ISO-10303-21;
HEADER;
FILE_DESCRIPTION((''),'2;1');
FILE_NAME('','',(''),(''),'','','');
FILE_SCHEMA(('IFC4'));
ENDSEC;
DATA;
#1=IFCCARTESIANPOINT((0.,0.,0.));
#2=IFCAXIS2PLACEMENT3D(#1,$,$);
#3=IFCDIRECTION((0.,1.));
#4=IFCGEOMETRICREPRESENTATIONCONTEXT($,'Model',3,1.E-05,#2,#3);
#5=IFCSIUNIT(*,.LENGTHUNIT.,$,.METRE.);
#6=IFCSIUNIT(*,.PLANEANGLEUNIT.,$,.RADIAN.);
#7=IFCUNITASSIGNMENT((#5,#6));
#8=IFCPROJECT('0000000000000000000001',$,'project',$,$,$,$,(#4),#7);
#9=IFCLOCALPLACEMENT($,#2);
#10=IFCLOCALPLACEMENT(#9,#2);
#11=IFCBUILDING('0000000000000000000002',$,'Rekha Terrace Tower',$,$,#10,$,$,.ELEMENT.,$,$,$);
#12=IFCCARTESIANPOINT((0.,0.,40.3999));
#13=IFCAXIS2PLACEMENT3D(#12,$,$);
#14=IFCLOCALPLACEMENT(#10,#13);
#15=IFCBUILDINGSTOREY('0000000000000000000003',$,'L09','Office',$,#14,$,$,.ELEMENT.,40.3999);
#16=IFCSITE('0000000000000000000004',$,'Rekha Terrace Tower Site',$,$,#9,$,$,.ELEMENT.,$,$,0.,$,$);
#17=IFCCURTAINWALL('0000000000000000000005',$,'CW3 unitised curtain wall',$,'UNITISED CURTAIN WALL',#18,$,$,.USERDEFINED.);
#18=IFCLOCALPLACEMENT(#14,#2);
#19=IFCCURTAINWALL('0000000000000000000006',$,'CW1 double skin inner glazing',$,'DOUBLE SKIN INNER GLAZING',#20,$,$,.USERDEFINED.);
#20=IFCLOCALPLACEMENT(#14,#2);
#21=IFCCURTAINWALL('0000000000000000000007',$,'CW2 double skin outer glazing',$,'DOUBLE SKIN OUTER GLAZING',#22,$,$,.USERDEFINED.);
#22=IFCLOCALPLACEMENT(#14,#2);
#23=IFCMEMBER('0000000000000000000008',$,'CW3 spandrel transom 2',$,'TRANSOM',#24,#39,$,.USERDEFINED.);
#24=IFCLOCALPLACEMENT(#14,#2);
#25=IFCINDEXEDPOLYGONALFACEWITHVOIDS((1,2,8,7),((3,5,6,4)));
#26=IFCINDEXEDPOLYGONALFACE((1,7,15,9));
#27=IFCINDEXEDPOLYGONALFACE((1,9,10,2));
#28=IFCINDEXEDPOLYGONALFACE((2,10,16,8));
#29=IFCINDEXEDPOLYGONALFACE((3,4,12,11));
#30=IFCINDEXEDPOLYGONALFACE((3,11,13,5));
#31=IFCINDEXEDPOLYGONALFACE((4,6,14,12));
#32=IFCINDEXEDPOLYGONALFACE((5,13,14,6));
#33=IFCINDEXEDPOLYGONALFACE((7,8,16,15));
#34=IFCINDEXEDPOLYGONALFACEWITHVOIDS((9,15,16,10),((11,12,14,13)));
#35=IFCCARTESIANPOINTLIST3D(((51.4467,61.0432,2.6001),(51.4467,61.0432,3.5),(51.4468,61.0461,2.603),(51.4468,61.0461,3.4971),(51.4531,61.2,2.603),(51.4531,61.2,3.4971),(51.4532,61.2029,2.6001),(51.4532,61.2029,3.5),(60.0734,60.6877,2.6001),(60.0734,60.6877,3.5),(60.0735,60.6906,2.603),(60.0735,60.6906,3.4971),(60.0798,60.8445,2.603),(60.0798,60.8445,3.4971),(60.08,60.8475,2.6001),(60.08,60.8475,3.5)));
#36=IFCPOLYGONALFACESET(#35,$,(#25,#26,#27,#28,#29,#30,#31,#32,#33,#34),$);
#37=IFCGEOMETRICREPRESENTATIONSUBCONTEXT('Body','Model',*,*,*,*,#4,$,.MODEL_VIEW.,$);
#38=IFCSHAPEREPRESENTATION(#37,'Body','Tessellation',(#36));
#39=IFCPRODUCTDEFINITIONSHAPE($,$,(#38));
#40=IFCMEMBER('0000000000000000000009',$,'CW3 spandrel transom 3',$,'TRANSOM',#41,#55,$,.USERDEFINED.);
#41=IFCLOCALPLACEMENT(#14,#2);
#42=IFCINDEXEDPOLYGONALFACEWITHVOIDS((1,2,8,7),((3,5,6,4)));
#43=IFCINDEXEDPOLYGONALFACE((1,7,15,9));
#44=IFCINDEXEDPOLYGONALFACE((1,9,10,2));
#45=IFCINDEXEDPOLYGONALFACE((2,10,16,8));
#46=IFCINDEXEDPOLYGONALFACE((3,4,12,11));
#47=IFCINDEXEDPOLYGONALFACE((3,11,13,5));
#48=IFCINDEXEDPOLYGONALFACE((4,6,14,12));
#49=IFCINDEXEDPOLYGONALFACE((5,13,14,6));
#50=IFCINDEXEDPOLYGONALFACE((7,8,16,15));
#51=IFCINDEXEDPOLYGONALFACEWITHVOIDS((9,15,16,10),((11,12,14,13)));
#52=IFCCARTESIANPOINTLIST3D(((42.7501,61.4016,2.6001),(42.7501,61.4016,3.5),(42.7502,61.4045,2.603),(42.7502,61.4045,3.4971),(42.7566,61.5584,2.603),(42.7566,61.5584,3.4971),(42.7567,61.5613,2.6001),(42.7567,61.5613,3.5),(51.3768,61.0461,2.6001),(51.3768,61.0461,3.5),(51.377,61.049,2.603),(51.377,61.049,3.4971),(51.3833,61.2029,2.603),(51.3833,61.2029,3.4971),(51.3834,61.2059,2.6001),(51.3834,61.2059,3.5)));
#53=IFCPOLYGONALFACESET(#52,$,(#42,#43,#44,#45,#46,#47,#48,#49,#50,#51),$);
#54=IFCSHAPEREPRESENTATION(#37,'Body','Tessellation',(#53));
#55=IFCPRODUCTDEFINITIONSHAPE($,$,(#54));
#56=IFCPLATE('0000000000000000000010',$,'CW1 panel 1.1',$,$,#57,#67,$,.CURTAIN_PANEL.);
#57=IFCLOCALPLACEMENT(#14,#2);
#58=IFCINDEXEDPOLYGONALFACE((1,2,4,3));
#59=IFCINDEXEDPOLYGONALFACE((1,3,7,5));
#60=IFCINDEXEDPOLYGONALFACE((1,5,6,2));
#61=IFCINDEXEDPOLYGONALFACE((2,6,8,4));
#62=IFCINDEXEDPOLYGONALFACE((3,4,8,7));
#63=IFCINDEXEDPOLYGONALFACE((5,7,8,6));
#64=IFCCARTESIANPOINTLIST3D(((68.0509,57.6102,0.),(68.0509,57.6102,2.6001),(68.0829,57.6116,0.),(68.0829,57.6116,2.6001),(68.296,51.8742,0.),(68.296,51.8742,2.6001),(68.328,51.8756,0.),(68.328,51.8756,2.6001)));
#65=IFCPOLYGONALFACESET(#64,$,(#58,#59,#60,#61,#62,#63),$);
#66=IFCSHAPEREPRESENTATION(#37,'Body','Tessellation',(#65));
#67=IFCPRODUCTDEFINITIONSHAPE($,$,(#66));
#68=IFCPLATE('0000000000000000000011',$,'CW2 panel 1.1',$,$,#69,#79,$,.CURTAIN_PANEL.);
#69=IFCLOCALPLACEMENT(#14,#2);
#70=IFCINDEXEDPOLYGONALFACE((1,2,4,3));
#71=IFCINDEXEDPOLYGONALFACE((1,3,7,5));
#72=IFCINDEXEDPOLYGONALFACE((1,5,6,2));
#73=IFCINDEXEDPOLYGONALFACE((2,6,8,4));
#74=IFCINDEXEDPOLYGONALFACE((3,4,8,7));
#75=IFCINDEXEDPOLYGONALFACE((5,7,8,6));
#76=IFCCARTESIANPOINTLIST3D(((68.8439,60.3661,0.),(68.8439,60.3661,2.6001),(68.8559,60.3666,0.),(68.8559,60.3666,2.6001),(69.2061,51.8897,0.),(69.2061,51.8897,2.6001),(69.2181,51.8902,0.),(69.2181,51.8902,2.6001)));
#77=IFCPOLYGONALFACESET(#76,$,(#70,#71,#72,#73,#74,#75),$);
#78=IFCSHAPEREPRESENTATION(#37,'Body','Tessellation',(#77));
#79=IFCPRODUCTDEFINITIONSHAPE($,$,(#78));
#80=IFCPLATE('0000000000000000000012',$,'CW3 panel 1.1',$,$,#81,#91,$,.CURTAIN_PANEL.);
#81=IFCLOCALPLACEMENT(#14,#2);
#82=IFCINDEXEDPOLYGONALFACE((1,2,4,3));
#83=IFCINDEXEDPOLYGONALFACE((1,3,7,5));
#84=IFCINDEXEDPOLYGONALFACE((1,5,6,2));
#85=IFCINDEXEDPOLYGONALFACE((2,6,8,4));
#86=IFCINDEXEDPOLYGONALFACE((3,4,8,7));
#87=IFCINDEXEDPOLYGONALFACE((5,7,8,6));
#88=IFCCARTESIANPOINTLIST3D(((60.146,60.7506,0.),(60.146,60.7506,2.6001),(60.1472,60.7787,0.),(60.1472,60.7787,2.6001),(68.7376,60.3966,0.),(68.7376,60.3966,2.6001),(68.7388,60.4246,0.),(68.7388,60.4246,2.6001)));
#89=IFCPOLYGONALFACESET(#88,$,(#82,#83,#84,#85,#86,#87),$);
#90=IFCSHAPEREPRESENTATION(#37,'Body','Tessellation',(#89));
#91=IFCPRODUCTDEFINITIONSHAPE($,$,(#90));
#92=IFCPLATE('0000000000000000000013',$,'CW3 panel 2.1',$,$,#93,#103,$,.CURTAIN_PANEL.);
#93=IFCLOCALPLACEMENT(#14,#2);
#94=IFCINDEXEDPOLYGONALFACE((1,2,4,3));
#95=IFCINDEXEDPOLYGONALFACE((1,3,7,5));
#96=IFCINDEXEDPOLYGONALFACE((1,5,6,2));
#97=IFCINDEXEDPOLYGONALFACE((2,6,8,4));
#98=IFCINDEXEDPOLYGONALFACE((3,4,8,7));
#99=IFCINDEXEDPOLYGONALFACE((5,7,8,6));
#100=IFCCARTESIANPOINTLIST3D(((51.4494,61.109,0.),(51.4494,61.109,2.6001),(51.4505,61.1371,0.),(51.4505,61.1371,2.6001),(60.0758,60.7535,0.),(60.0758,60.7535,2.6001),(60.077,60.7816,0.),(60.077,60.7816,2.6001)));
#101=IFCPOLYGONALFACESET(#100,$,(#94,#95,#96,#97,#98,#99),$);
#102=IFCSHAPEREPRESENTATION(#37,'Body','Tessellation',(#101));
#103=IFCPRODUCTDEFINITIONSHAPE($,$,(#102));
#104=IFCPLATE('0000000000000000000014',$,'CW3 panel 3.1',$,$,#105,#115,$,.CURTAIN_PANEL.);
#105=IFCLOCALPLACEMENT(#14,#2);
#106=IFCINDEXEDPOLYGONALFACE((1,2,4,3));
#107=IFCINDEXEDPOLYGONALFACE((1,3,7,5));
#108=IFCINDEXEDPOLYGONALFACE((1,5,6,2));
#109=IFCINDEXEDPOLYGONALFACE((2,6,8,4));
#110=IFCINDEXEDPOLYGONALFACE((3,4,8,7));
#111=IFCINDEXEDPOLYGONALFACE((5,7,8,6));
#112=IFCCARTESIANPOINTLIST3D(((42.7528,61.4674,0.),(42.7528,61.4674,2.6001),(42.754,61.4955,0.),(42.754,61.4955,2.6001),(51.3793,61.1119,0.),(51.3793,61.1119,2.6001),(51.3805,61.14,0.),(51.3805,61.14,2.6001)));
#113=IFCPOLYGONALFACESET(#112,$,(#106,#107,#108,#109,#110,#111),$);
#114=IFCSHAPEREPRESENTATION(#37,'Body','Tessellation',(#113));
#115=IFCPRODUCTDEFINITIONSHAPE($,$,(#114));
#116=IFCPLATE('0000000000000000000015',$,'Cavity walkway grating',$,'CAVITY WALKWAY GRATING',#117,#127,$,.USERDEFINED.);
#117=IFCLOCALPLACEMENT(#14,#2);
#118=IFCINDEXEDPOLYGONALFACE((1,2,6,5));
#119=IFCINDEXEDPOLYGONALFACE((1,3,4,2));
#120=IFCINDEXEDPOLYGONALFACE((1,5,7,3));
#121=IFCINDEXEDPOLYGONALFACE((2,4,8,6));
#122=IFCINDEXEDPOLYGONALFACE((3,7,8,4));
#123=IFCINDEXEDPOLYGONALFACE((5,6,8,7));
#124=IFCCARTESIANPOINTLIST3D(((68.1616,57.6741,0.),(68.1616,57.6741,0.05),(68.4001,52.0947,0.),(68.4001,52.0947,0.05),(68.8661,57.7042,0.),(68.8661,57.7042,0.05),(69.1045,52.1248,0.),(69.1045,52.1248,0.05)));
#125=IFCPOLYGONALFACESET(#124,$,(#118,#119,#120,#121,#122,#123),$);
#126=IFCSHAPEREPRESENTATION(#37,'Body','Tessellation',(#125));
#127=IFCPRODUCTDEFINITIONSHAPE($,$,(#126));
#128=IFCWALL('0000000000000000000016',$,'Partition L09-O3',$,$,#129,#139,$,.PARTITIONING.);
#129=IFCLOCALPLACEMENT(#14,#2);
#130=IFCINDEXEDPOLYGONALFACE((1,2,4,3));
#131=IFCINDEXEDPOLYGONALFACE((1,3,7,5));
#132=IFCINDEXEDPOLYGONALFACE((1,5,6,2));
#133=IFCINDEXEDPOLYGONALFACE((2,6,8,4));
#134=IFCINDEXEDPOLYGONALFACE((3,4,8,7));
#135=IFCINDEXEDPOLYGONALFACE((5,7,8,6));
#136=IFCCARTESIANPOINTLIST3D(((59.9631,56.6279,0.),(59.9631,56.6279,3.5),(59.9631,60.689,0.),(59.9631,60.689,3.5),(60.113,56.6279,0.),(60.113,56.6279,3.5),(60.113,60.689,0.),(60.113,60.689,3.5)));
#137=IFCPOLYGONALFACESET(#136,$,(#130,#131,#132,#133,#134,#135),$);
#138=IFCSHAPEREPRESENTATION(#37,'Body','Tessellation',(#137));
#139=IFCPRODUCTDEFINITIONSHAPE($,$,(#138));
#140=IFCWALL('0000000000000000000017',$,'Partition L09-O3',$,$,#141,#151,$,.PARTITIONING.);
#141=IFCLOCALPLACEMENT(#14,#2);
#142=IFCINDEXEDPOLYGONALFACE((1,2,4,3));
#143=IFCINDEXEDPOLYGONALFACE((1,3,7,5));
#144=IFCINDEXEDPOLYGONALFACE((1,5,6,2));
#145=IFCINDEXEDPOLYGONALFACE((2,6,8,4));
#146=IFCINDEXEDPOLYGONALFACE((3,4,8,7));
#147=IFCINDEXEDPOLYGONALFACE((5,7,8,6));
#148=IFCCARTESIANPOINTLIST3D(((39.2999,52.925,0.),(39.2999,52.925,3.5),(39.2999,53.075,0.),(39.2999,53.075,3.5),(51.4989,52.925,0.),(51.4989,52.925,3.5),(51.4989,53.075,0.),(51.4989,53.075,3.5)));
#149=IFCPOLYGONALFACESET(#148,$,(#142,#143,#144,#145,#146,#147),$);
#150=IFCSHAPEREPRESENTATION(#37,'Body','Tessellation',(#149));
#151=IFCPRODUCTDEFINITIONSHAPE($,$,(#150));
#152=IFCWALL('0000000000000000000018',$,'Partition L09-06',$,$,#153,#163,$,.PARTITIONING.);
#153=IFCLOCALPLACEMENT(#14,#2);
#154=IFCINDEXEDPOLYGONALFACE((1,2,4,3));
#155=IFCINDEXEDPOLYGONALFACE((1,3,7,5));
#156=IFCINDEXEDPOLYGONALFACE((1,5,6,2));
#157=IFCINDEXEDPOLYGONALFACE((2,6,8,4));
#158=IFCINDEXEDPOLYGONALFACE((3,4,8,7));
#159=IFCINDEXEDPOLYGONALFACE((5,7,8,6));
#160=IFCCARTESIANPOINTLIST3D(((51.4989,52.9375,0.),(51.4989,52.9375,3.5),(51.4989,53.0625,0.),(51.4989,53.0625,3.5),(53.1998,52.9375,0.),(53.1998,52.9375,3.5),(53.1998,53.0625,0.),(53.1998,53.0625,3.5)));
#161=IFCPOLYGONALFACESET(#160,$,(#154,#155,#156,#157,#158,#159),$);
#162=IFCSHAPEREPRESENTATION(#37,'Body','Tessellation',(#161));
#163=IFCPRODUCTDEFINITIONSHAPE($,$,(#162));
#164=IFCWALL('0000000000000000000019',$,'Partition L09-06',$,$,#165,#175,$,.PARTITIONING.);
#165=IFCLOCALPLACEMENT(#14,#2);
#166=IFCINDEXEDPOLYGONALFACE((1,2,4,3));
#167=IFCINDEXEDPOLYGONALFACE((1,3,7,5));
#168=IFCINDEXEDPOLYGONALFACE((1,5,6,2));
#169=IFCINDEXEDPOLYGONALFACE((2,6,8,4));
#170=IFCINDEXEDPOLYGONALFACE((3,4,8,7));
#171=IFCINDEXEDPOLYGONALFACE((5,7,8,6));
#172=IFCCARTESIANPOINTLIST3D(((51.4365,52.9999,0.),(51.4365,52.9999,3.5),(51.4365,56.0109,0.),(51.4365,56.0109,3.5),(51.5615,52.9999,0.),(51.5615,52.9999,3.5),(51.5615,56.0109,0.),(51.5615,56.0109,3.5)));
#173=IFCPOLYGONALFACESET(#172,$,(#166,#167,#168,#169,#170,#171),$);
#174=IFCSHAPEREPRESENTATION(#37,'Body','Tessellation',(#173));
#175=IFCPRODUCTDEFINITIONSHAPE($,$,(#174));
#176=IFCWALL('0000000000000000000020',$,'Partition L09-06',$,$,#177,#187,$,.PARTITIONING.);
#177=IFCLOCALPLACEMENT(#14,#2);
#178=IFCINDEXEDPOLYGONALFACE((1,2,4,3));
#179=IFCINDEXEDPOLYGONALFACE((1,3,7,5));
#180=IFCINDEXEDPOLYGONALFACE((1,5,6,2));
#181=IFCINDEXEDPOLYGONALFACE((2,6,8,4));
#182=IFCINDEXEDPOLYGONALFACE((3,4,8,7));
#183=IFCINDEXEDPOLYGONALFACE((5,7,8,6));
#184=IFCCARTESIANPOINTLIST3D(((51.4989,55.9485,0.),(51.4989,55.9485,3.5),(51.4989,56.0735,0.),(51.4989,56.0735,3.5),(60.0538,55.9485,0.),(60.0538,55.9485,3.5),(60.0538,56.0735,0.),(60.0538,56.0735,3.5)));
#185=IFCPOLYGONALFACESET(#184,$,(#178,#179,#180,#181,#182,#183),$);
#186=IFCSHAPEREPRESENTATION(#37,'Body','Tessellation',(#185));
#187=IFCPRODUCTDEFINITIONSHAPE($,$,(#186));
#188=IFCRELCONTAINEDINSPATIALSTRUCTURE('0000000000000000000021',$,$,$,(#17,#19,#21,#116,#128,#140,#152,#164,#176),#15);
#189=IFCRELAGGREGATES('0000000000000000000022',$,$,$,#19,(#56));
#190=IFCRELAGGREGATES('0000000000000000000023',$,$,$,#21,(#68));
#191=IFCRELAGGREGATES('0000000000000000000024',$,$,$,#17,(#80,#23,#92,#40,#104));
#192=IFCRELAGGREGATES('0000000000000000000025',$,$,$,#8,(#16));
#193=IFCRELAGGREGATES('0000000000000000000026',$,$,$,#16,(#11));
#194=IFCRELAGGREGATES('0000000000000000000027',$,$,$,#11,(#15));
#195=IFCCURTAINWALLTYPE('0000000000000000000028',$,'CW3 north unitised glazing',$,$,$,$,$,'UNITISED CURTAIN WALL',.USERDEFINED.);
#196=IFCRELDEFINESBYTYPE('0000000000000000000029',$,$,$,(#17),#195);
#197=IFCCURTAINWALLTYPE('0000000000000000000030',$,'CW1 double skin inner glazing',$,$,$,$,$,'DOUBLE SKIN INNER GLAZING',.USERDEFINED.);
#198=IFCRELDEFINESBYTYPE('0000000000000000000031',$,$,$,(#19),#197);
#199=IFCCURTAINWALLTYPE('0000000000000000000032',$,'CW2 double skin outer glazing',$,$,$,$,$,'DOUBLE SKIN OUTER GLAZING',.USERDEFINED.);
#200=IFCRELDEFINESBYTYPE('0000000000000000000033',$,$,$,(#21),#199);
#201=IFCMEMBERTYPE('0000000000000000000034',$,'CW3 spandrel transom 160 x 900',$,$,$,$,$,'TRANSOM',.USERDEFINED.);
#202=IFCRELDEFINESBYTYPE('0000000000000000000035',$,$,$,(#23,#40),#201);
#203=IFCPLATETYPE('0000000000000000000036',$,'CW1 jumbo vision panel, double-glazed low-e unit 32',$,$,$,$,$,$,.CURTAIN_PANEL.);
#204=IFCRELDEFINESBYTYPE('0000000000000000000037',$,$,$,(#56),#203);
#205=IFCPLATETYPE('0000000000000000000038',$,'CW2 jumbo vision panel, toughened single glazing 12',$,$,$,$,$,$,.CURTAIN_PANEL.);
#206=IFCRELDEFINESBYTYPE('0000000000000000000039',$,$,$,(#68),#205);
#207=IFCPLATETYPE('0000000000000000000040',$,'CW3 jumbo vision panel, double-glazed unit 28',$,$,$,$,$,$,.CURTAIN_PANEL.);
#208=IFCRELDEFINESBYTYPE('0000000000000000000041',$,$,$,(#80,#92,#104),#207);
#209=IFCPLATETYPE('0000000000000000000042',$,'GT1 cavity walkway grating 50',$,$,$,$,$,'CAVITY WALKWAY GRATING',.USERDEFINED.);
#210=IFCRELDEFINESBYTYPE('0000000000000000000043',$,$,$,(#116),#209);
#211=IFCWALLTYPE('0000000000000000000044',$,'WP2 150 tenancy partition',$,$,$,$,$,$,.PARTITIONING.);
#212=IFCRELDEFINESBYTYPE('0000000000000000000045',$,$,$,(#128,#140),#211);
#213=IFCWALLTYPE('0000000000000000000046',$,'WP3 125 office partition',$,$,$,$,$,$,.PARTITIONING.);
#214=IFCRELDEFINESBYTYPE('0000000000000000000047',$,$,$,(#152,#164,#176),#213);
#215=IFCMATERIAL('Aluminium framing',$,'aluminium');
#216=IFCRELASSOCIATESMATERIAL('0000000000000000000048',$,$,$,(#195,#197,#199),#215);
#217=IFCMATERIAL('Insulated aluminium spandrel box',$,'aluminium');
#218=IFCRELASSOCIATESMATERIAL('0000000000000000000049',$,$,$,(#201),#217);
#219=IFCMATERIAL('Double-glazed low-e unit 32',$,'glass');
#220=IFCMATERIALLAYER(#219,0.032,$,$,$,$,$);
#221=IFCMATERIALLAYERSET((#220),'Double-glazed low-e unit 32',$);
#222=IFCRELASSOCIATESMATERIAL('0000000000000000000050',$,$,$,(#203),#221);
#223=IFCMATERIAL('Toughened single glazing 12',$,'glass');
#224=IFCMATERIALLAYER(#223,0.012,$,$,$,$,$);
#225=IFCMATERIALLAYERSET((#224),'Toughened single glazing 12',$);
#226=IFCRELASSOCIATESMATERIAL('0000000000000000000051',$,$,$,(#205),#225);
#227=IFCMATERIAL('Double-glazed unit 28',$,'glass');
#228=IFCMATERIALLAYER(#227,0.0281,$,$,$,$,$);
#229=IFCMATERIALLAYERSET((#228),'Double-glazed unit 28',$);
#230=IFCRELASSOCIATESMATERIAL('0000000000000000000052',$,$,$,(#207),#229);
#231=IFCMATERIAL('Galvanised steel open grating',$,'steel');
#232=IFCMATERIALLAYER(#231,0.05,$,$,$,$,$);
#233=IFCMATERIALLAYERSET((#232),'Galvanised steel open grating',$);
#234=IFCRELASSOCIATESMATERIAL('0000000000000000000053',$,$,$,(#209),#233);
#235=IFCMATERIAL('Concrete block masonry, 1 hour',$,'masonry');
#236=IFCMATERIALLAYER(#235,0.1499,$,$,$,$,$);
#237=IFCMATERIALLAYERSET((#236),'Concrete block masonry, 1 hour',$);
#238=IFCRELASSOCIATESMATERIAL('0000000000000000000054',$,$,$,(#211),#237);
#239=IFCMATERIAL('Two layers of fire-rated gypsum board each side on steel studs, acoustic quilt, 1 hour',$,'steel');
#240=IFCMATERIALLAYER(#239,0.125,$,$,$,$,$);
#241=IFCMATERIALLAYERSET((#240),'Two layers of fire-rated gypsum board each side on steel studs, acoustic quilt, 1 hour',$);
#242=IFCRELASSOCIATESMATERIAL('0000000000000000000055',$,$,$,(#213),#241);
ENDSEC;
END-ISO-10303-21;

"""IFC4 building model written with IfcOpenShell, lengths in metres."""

from ifc_helpers import new_model, si_unit, direction, frame, frame_2d, origin, origin_2d, place, context, subcontext, project, spatial, rectangle, hollow_rectangle, extrude, material, layer, layer_set, material_profile, profile_set, type_object, element, aggregate, save


model = new_model("IFC4")

# Units and contexts
model_context = context("Model", 3, precision=1e-05, world=origin(), true_north=direction((0.0, 1.0)))
body_context = subcontext(model_context, "Body", "Model", "MODEL_VIEW")
ifc_project = project(units=[si_unit("LENGTHUNIT", "METRE"), si_unit("PLANEANGLEUNIT", "RADIAN")], contexts=[model_context])

# Site, building, storey
site_placement = place(None, origin())
site = spatial("IfcSite", under=ifc_project, at=site_placement, Name="Rekha Terrace Tower Site", CompositionType="ELEMENT", RefElevation=0.0)
building_placement = place(site_placement, origin())
building = spatial("IfcBuilding", under=site, at=building_placement, Name="Rekha Terrace Tower", CompositionType="ELEMENT")
storey_placement = place(building_placement, frame((0.0, 0.0, 40.3999)))
storey = spatial("IfcBuildingStorey", under=building, at=storey_placement, Name="L09", Description="Office", CompositionType="ELEMENT", Elevation=40.3999)

# Curtain wall
ifc_material_1 = material(Name="Aluminium framing", Category="aluminium")
curtain_wall_type_1 = type_object("IfcCurtainWallType", Name="CW3 north unitised glazing", ElementType="UNITISED CURTAIN WALL", PredefinedType="USERDEFINED", material=ifc_material_1)
curtain_wall_1_placement = place(storey_placement, origin())
curtain_wall_1 = element("IfcCurtainWall", 1, at=curtain_wall_1_placement, inside=storey, type_object=curtain_wall_type_1, Name="CW3 unitised curtain wall", ObjectType="UNITISED CURTAIN WALL", PredefinedType="USERDEFINED")

# Curtain walls
curtain_wall_type_2 = type_object("IfcCurtainWallType", Name="CW1 double skin inner glazing", ElementType="DOUBLE SKIN INNER GLAZING", PredefinedType="USERDEFINED", material=ifc_material_1)
curtain_wall_2_placement = place(storey_placement, origin())
curtain_wall_2 = element("IfcCurtainWall", 2, at=curtain_wall_2_placement, inside=storey, type_object=curtain_wall_type_2, Name="CW1 double skin inner glazing", ObjectType="DOUBLE SKIN INNER GLAZING", PredefinedType="USERDEFINED")
curtain_wall_type_3 = type_object("IfcCurtainWallType", Name="CW2 double skin outer glazing", ElementType="DOUBLE SKIN OUTER GLAZING", PredefinedType="USERDEFINED", material=ifc_material_1)
curtain_wall_3_placement = place(storey_placement, origin())
curtain_wall_3 = element("IfcCurtainWall", 3, at=curtain_wall_3_placement, inside=storey, type_object=curtain_wall_type_3, Name="CW2 double skin outer glazing", ObjectType="DOUBLE SKIN OUTER GLAZING", PredefinedType="USERDEFINED")

# Members
ifc_material_2 = material(Name="Insulated aluminium spandrel box", Category="aluminium")
ifc_material_profile_1 = material_profile(ifc_material_2, hollow_rectangle(XDim=0.1599, YDim=0.8999, WallThickness=0.0029, at=origin_2d()), Name="AL SPANDREL BOX 160x900")
ifc_profile_set_1 = profile_set([ifc_material_profile_1], Name="Insulated aluminium spandrel box")
member_type_1 = type_object("IfcMemberType", Name="CW3 spandrel transom 160 x 900", ElementType="TRANSOM", PredefinedType="USERDEFINED", material=ifc_profile_set_1)
member_1_placement = place(storey_placement, frame((60.0767, 60.7676, 3.05), z_axis=(-0.999152, 0.041171, 0.0), x_axis=(-0.041171, -0.999152, 0.0)))
member_1 = element("IfcMember", 4, at=member_1_placement, type_object=member_type_1, Name="CW3 spandrel transom 2", ObjectType="TRANSOM", PredefinedType="USERDEFINED", context=body_context, shape_type="SweptSolid", body=[
    extrude(hollow_rectangle(XDim=0.1599, YDim=0.8999, WallThickness=0.0029, at=origin_2d()), origin(), (0.0, 0.0, 1.0), 8.634),
])
member_2_placement = place(storey_placement, frame((51.3801, 61.126, 3.05), z_axis=(-0.999152, 0.041171, 0.0), x_axis=(-0.041171, -0.999152, 0.0)))
member_2 = element("IfcMember", 5, at=member_2_placement, type_object=member_type_1, Name="CW3 spandrel transom 3", ObjectType="TRANSOM", PredefinedType="USERDEFINED", context=body_context, shape_type="SweptSolid", body=[
    extrude(hollow_rectangle(XDim=0.1599, YDim=0.8999, WallThickness=0.0029, at=origin_2d()), origin(), (0.0, 0.0, 1.0), 8.634),
])

# Plates
ifc_material_3 = material(Name="Double-glazed low-e unit 32", Category="glass")
ifc_layer_1 = layer(ifc_material_3, 0.032)
ifc_layer_set_1 = layer_set([ifc_layer_1], Name="Double-glazed low-e unit 32")
plate_type_1 = type_object("IfcPlateType", Name="CW1 jumbo vision panel, double-glazed low-e unit 32", PredefinedType="CURTAIN_PANEL", material=ifc_layer_set_1)
plate_1_placement = place(storey_placement, frame((68.1895, 54.7429, 0.0), z_axis=(0.0, 0.0, 1.0), x_axis=(-0.042696, 0.999088, 0.0)))
plate_1 = element("IfcPlate", 6, at=plate_1_placement, type_object=plate_type_1, Name="CW1 panel 1.1", PredefinedType="CURTAIN_PANEL", context=body_context, shape_type="SweptSolid", body=[
    extrude(rectangle(XDim=5.7412, YDim=0.032, at=origin_2d()), origin(), (0.0, 0.0, 1.0), 2.6001),
])
aggregate(curtain_wall_2, [plate_1])
ifc_material_4 = material(Name="Toughened single glazing 12", Category="glass")
ifc_layer_2 = layer(ifc_material_4, 0.012)
ifc_layer_set_2 = layer_set([ifc_layer_2], Name="Toughened single glazing 12")
plate_type_2 = type_object("IfcPlateType", Name="CW2 jumbo vision panel, toughened single glazing 12", PredefinedType="CURTAIN_PANEL", material=ifc_layer_set_2)
plate_2_placement = place(storey_placement, frame((69.031, 56.1282, 0.0), z_axis=(0.0, 0.0, 1.0), x_axis=(-0.042696, 0.999088, 0.0)))
plate_2 = element("IfcPlate", 7, at=plate_2_placement, type_object=plate_type_2, Name="CW2 panel 1.1", PredefinedType="CURTAIN_PANEL", context=body_context, shape_type="SweptSolid", body=[
    extrude(rectangle(XDim=8.4841, YDim=0.012, at=origin_2d()), origin(), (0.0, 0.0, 1.0), 2.6001),
])
aggregate(curtain_wall_3, [plate_2])
ifc_material_5 = material(Name="Double-glazed unit 28", Category="glass")
ifc_layer_3 = layer(ifc_material_5, 0.0281)
ifc_layer_set_3 = layer_set([ifc_layer_3], Name="Double-glazed unit 28")
plate_type_3 = type_object("IfcPlateType", Name="CW3 jumbo vision panel, double-glazed unit 28", PredefinedType="CURTAIN_PANEL", material=ifc_layer_set_3)
plate_3_placement = place(storey_placement, frame((64.4424, 60.5876, 0.0), z_axis=(0.0, 0.0, 1.0), x_axis=(-0.999152, 0.041174, 0.0)))
plate_3 = element("IfcPlate", 8, at=plate_3_placement, type_object=plate_type_3, Name="CW3 panel 1.1", PredefinedType="CURTAIN_PANEL", context=body_context, shape_type="SweptSolid", body=[
    extrude(rectangle(XDim=8.5989, YDim=0.0281, at=origin_2d()), origin(), (0.0, 0.0, 1.0), 2.6001),
])
plate_4_placement = place(storey_placement, frame((55.7632, 60.9453, 0.0), z_axis=(0.0, 0.0, 1.0), x_axis=(-0.999152, 0.041174, 0.0)))
plate_4 = element("IfcPlate", 9, at=plate_4_placement, type_object=plate_type_3, Name="CW3 panel 2.1", PredefinedType="CURTAIN_PANEL", context=body_context, shape_type="SweptSolid", body=[
    extrude(rectangle(XDim=8.6338, YDim=0.0281, at=origin_2d()), origin(), (0.0, 0.0, 1.0), 2.6001),
])
plate_5_placement = place(storey_placement, frame((47.0667, 61.3037, 0.0), z_axis=(0.0, 0.0, 1.0), x_axis=(-0.999152, 0.041174, 0.0)))
plate_5 = element("IfcPlate", 10, at=plate_5_placement, type_object=plate_type_3, Name="CW3 panel 3.1", PredefinedType="CURTAIN_PANEL", context=body_context, shape_type="SweptSolid", body=[
    extrude(rectangle(XDim=8.6338, YDim=0.0281, at=origin_2d()), origin(), (0.0, 0.0, 1.0), 2.6001),
])
aggregate(curtain_wall_1, [plate_3, member_1, plate_4, member_2, plate_5])
ifc_material_6 = material(Name="Galvanised steel open grating", Category="steel")
ifc_layer_4 = layer(ifc_material_6, 0.05)
ifc_layer_set_4 = layer_set([ifc_layer_4], Name="Galvanised steel open grating")
plate_type_4 = type_object("IfcPlateType", Name="GT1 cavity walkway grating 50", ElementType="CAVITY WALKWAY GRATING", PredefinedType="USERDEFINED", material=ifc_layer_set_4)
plate_6_placement = place(storey_placement, frame((68.6331, 54.8994, 0.0), z_axis=(0.0, 0.0, 1.0), x_axis=(-0.042696, 0.999088, 0.0)))
element("IfcPlate", 11, at=plate_6_placement, inside=storey, type_object=plate_type_4, Name="Cavity walkway grating", ObjectType="CAVITY WALKWAY GRATING", PredefinedType="USERDEFINED", context=body_context, shape_type="SweptSolid", body=[
    extrude(rectangle(XDim=5.5845, YDim=0.7051, at=origin_2d()), origin(), (0.0, 0.0, 1.0), 0.05),
])

# Walls
ifc_material_7 = material(Name="Concrete block masonry, 1 hour", Category="masonry")
ifc_layer_5 = layer(ifc_material_7, 0.1499)
ifc_layer_set_5 = layer_set([ifc_layer_5], Name="Concrete block masonry, 1 hour")
wall_type_1 = type_object("IfcWallType", Name="WP2 150 tenancy partition", PredefinedType="PARTITIONING", material=ifc_layer_set_5)
wall_1_placement = place(storey_placement, frame((60.0381, 56.6279, 0.0), z_axis=(0.0, 0.0, 1.0), x_axis=(0.0, 1.0, 0.0)))
element("IfcWall", 12, at=wall_1_placement, inside=storey, type_object=wall_type_1, Name="Partition L09-O3", PredefinedType="PARTITIONING", context=body_context, shape_type="SweptSolid", body=[
    extrude(rectangle(XDim=4.061, YDim=0.1499, at=frame_2d((2.0305, 0.0))), origin(), (0.0, 0.0, 1.0), 3.5),
])
wall_2_placement = place(storey_placement, frame((51.499, 53.0, 0.0), z_axis=(0.0, 0.0, 1.0), x_axis=(-1.0, 0.0, 0.0)))
element("IfcWall", 13, at=wall_2_placement, inside=storey, type_object=wall_type_1, Name="Partition L09-O3", PredefinedType="PARTITIONING", context=body_context, shape_type="SweptSolid", body=[
    extrude(rectangle(XDim=12.199, YDim=0.1499, at=frame_2d((6.0996, 0.0))), origin(), (0.0, 0.0, 1.0), 3.5),
])
ifc_material_8 = material(Name="Two layers of fire-rated gypsum board each side on steel studs, acoustic quilt, 1 hour", Category="steel")
ifc_layer_6 = layer(ifc_material_8, 0.125)
ifc_layer_set_6 = layer_set([ifc_layer_6], Name="Two layers of fire-rated gypsum board each side on steel studs, acoustic quilt, 1 hour")
wall_type_2 = type_object("IfcWallType", Name="WP3 125 office partition", PredefinedType="PARTITIONING", material=ifc_layer_set_6)
wall_3_placement = place(storey_placement, frame((53.2, 53.0, 0.0), z_axis=(0.0, 0.0, 1.0), x_axis=(-1.0, 0.0, 0.0)))
element("IfcWall", 14, at=wall_3_placement, inside=storey, type_object=wall_type_2, Name="Partition L09-06", PredefinedType="PARTITIONING", context=body_context, shape_type="SweptSolid", body=[
    extrude(rectangle(XDim=1.7009, YDim=0.125, at=frame_2d((0.8506, 0.0))), origin(), (0.0, 0.0, 1.0), 3.5),
])
wall_4_placement = place(storey_placement, frame((51.499, 53.0, 0.0), z_axis=(0.0, 0.0, 1.0), x_axis=(0.0, 1.0, 0.0)))
element("IfcWall", 15, at=wall_4_placement, inside=storey, type_object=wall_type_2, Name="Partition L09-06", PredefinedType="PARTITIONING", context=body_context, shape_type="SweptSolid", body=[
    extrude(rectangle(XDim=3.011, YDim=0.125, at=frame_2d((1.5054, 0.0))), origin(), (0.0, 0.0, 1.0), 3.5),
])
wall_5_placement = place(storey_placement, frame((51.499, 56.011, 0.0), z_axis=(0.0, 0.0, 1.0), x_axis=(1.0, 0.0, 0.0)))
element("IfcWall", 16, at=wall_5_placement, inside=storey, type_object=wall_type_2, Name="Partition L09-06", PredefinedType="PARTITIONING", context=body_context, shape_type="SweptSolid", body=[
    extrude(rectangle(XDim=8.5549, YDim=0.125, at=frame_2d((4.2773, 0.0))), origin(), (0.0, 0.0, 1.0), 3.5),
])

save(model, "model.ifc")
